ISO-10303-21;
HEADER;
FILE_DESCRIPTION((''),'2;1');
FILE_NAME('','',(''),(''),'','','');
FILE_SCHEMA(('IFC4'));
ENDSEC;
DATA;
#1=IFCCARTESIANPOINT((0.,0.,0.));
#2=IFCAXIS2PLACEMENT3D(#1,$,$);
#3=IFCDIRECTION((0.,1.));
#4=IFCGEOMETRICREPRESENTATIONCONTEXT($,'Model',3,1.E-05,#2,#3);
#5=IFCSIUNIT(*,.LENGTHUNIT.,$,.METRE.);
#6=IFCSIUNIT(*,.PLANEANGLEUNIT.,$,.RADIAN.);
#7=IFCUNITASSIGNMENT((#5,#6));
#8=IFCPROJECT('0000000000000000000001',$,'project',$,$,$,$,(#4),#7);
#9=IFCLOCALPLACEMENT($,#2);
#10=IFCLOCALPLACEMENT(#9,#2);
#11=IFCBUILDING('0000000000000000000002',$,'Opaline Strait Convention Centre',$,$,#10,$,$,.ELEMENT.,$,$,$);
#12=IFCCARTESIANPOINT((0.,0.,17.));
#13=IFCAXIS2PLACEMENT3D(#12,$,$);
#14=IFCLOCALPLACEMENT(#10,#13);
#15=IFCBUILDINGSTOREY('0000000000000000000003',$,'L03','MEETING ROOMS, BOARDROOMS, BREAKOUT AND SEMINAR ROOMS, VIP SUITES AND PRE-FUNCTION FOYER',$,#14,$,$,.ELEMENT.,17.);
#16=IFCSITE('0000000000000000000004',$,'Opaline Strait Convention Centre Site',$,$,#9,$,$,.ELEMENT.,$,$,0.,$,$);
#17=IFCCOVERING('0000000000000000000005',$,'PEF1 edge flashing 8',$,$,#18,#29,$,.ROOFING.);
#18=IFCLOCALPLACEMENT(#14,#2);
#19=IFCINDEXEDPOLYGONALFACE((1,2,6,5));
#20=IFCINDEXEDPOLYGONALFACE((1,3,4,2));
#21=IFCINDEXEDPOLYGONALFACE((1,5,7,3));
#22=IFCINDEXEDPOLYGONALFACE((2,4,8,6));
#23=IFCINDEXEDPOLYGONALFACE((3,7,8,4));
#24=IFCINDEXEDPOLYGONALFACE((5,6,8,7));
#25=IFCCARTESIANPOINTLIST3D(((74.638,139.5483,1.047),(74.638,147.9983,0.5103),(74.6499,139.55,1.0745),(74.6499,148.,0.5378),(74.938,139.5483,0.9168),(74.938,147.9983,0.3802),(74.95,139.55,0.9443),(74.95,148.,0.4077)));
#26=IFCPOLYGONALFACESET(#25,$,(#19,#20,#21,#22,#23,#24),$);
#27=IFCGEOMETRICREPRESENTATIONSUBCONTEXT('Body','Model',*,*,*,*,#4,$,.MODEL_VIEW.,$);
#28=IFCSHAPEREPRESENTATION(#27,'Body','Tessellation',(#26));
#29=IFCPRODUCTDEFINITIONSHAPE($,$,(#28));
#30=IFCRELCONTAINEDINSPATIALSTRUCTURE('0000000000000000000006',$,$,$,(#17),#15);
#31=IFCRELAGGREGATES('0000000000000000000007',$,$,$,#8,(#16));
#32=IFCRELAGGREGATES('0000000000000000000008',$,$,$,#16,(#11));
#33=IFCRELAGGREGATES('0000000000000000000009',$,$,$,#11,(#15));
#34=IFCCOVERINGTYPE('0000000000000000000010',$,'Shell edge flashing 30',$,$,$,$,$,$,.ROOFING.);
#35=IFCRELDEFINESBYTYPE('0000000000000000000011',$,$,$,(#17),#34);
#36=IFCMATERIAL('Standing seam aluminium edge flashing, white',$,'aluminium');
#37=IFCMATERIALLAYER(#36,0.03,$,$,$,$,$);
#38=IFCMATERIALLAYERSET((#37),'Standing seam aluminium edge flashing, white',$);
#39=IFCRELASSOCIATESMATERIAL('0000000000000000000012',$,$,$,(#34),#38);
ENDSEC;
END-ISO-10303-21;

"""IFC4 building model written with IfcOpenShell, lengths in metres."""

from ifc_helpers import new_model, si_unit, direction, frame, origin, place, context, subcontext, project, spatial, polyline, outline, extrude, material, layer, layer_set, type_object, element, save


model = new_model("IFC4")

# Units and contexts
model_context = context("Model", 3, precision=1e-05, world=origin(), true_north=direction((0.0, 1.0)))
body_context = subcontext(model_context, "Body", "Model", "MODEL_VIEW")
ifc_project = project(units=[si_unit("LENGTHUNIT", "METRE"), si_unit("PLANEANGLEUNIT", "RADIAN")], contexts=[model_context])

# Site, building, storey
site_placement = place(None, origin())
site = spatial("IfcSite", under=ifc_project, at=site_placement, Name="Opaline Strait Convention Centre Site", CompositionType="ELEMENT", RefElevation=0.0)
building_placement = place(site_placement, origin())
building = spatial("IfcBuilding", under=site, at=building_placement, Name="Opaline Strait Convention Centre", CompositionType="ELEMENT")
storey_placement = place(building_placement, frame((0.0, 0.0, 17.0)))
storey = spatial("IfcBuildingStorey", under=building, at=storey_placement, Name="L03", Description="MEETING ROOMS, BOARDROOMS, BREAKOUT AND SEMINAR ROOMS, VIP SUITES AND PRE-FUNCTION FOYER", CompositionType="ELEMENT", Elevation=17.0)

# Covering
ifc_material_1 = material(Name="Standing seam aluminium edge flashing, white", Category="aluminium")
ifc_layer_1 = layer(ifc_material_1, 0.03)
ifc_layer_set_1 = layer_set([ifc_layer_1], Name="Standing seam aluminium edge flashing, white")
covering_type_1 = type_object("IfcCoveringType", Name="Shell edge flashing 30", PredefinedType="ROOFING", material=ifc_layer_set_1)
covering_1_placement = place(storey_placement, frame((74.6499, 139.55, 1.0745), z_axis=(0.397206, 0.058164, 0.915884), x_axis=(0.917438, 0.0, -0.39788)))
element("IfcCovering", 1, at=covering_1_placement, inside=storey, type_object=covering_type_1, Name="PEF1 edge flashing 8", PredefinedType="ROOFING", context=body_context, shape_type="SweptSolid", body=[
    extrude(outline(polyline([(0.0, 0.0), (0.3271, 0.0), (0.5406, 8.4643), (0.2135, 8.4643), (0.0, 0.0)])), origin(), (0.0, 0.0, -1.0), 0.03),
])

save(model, "model.ifc")
